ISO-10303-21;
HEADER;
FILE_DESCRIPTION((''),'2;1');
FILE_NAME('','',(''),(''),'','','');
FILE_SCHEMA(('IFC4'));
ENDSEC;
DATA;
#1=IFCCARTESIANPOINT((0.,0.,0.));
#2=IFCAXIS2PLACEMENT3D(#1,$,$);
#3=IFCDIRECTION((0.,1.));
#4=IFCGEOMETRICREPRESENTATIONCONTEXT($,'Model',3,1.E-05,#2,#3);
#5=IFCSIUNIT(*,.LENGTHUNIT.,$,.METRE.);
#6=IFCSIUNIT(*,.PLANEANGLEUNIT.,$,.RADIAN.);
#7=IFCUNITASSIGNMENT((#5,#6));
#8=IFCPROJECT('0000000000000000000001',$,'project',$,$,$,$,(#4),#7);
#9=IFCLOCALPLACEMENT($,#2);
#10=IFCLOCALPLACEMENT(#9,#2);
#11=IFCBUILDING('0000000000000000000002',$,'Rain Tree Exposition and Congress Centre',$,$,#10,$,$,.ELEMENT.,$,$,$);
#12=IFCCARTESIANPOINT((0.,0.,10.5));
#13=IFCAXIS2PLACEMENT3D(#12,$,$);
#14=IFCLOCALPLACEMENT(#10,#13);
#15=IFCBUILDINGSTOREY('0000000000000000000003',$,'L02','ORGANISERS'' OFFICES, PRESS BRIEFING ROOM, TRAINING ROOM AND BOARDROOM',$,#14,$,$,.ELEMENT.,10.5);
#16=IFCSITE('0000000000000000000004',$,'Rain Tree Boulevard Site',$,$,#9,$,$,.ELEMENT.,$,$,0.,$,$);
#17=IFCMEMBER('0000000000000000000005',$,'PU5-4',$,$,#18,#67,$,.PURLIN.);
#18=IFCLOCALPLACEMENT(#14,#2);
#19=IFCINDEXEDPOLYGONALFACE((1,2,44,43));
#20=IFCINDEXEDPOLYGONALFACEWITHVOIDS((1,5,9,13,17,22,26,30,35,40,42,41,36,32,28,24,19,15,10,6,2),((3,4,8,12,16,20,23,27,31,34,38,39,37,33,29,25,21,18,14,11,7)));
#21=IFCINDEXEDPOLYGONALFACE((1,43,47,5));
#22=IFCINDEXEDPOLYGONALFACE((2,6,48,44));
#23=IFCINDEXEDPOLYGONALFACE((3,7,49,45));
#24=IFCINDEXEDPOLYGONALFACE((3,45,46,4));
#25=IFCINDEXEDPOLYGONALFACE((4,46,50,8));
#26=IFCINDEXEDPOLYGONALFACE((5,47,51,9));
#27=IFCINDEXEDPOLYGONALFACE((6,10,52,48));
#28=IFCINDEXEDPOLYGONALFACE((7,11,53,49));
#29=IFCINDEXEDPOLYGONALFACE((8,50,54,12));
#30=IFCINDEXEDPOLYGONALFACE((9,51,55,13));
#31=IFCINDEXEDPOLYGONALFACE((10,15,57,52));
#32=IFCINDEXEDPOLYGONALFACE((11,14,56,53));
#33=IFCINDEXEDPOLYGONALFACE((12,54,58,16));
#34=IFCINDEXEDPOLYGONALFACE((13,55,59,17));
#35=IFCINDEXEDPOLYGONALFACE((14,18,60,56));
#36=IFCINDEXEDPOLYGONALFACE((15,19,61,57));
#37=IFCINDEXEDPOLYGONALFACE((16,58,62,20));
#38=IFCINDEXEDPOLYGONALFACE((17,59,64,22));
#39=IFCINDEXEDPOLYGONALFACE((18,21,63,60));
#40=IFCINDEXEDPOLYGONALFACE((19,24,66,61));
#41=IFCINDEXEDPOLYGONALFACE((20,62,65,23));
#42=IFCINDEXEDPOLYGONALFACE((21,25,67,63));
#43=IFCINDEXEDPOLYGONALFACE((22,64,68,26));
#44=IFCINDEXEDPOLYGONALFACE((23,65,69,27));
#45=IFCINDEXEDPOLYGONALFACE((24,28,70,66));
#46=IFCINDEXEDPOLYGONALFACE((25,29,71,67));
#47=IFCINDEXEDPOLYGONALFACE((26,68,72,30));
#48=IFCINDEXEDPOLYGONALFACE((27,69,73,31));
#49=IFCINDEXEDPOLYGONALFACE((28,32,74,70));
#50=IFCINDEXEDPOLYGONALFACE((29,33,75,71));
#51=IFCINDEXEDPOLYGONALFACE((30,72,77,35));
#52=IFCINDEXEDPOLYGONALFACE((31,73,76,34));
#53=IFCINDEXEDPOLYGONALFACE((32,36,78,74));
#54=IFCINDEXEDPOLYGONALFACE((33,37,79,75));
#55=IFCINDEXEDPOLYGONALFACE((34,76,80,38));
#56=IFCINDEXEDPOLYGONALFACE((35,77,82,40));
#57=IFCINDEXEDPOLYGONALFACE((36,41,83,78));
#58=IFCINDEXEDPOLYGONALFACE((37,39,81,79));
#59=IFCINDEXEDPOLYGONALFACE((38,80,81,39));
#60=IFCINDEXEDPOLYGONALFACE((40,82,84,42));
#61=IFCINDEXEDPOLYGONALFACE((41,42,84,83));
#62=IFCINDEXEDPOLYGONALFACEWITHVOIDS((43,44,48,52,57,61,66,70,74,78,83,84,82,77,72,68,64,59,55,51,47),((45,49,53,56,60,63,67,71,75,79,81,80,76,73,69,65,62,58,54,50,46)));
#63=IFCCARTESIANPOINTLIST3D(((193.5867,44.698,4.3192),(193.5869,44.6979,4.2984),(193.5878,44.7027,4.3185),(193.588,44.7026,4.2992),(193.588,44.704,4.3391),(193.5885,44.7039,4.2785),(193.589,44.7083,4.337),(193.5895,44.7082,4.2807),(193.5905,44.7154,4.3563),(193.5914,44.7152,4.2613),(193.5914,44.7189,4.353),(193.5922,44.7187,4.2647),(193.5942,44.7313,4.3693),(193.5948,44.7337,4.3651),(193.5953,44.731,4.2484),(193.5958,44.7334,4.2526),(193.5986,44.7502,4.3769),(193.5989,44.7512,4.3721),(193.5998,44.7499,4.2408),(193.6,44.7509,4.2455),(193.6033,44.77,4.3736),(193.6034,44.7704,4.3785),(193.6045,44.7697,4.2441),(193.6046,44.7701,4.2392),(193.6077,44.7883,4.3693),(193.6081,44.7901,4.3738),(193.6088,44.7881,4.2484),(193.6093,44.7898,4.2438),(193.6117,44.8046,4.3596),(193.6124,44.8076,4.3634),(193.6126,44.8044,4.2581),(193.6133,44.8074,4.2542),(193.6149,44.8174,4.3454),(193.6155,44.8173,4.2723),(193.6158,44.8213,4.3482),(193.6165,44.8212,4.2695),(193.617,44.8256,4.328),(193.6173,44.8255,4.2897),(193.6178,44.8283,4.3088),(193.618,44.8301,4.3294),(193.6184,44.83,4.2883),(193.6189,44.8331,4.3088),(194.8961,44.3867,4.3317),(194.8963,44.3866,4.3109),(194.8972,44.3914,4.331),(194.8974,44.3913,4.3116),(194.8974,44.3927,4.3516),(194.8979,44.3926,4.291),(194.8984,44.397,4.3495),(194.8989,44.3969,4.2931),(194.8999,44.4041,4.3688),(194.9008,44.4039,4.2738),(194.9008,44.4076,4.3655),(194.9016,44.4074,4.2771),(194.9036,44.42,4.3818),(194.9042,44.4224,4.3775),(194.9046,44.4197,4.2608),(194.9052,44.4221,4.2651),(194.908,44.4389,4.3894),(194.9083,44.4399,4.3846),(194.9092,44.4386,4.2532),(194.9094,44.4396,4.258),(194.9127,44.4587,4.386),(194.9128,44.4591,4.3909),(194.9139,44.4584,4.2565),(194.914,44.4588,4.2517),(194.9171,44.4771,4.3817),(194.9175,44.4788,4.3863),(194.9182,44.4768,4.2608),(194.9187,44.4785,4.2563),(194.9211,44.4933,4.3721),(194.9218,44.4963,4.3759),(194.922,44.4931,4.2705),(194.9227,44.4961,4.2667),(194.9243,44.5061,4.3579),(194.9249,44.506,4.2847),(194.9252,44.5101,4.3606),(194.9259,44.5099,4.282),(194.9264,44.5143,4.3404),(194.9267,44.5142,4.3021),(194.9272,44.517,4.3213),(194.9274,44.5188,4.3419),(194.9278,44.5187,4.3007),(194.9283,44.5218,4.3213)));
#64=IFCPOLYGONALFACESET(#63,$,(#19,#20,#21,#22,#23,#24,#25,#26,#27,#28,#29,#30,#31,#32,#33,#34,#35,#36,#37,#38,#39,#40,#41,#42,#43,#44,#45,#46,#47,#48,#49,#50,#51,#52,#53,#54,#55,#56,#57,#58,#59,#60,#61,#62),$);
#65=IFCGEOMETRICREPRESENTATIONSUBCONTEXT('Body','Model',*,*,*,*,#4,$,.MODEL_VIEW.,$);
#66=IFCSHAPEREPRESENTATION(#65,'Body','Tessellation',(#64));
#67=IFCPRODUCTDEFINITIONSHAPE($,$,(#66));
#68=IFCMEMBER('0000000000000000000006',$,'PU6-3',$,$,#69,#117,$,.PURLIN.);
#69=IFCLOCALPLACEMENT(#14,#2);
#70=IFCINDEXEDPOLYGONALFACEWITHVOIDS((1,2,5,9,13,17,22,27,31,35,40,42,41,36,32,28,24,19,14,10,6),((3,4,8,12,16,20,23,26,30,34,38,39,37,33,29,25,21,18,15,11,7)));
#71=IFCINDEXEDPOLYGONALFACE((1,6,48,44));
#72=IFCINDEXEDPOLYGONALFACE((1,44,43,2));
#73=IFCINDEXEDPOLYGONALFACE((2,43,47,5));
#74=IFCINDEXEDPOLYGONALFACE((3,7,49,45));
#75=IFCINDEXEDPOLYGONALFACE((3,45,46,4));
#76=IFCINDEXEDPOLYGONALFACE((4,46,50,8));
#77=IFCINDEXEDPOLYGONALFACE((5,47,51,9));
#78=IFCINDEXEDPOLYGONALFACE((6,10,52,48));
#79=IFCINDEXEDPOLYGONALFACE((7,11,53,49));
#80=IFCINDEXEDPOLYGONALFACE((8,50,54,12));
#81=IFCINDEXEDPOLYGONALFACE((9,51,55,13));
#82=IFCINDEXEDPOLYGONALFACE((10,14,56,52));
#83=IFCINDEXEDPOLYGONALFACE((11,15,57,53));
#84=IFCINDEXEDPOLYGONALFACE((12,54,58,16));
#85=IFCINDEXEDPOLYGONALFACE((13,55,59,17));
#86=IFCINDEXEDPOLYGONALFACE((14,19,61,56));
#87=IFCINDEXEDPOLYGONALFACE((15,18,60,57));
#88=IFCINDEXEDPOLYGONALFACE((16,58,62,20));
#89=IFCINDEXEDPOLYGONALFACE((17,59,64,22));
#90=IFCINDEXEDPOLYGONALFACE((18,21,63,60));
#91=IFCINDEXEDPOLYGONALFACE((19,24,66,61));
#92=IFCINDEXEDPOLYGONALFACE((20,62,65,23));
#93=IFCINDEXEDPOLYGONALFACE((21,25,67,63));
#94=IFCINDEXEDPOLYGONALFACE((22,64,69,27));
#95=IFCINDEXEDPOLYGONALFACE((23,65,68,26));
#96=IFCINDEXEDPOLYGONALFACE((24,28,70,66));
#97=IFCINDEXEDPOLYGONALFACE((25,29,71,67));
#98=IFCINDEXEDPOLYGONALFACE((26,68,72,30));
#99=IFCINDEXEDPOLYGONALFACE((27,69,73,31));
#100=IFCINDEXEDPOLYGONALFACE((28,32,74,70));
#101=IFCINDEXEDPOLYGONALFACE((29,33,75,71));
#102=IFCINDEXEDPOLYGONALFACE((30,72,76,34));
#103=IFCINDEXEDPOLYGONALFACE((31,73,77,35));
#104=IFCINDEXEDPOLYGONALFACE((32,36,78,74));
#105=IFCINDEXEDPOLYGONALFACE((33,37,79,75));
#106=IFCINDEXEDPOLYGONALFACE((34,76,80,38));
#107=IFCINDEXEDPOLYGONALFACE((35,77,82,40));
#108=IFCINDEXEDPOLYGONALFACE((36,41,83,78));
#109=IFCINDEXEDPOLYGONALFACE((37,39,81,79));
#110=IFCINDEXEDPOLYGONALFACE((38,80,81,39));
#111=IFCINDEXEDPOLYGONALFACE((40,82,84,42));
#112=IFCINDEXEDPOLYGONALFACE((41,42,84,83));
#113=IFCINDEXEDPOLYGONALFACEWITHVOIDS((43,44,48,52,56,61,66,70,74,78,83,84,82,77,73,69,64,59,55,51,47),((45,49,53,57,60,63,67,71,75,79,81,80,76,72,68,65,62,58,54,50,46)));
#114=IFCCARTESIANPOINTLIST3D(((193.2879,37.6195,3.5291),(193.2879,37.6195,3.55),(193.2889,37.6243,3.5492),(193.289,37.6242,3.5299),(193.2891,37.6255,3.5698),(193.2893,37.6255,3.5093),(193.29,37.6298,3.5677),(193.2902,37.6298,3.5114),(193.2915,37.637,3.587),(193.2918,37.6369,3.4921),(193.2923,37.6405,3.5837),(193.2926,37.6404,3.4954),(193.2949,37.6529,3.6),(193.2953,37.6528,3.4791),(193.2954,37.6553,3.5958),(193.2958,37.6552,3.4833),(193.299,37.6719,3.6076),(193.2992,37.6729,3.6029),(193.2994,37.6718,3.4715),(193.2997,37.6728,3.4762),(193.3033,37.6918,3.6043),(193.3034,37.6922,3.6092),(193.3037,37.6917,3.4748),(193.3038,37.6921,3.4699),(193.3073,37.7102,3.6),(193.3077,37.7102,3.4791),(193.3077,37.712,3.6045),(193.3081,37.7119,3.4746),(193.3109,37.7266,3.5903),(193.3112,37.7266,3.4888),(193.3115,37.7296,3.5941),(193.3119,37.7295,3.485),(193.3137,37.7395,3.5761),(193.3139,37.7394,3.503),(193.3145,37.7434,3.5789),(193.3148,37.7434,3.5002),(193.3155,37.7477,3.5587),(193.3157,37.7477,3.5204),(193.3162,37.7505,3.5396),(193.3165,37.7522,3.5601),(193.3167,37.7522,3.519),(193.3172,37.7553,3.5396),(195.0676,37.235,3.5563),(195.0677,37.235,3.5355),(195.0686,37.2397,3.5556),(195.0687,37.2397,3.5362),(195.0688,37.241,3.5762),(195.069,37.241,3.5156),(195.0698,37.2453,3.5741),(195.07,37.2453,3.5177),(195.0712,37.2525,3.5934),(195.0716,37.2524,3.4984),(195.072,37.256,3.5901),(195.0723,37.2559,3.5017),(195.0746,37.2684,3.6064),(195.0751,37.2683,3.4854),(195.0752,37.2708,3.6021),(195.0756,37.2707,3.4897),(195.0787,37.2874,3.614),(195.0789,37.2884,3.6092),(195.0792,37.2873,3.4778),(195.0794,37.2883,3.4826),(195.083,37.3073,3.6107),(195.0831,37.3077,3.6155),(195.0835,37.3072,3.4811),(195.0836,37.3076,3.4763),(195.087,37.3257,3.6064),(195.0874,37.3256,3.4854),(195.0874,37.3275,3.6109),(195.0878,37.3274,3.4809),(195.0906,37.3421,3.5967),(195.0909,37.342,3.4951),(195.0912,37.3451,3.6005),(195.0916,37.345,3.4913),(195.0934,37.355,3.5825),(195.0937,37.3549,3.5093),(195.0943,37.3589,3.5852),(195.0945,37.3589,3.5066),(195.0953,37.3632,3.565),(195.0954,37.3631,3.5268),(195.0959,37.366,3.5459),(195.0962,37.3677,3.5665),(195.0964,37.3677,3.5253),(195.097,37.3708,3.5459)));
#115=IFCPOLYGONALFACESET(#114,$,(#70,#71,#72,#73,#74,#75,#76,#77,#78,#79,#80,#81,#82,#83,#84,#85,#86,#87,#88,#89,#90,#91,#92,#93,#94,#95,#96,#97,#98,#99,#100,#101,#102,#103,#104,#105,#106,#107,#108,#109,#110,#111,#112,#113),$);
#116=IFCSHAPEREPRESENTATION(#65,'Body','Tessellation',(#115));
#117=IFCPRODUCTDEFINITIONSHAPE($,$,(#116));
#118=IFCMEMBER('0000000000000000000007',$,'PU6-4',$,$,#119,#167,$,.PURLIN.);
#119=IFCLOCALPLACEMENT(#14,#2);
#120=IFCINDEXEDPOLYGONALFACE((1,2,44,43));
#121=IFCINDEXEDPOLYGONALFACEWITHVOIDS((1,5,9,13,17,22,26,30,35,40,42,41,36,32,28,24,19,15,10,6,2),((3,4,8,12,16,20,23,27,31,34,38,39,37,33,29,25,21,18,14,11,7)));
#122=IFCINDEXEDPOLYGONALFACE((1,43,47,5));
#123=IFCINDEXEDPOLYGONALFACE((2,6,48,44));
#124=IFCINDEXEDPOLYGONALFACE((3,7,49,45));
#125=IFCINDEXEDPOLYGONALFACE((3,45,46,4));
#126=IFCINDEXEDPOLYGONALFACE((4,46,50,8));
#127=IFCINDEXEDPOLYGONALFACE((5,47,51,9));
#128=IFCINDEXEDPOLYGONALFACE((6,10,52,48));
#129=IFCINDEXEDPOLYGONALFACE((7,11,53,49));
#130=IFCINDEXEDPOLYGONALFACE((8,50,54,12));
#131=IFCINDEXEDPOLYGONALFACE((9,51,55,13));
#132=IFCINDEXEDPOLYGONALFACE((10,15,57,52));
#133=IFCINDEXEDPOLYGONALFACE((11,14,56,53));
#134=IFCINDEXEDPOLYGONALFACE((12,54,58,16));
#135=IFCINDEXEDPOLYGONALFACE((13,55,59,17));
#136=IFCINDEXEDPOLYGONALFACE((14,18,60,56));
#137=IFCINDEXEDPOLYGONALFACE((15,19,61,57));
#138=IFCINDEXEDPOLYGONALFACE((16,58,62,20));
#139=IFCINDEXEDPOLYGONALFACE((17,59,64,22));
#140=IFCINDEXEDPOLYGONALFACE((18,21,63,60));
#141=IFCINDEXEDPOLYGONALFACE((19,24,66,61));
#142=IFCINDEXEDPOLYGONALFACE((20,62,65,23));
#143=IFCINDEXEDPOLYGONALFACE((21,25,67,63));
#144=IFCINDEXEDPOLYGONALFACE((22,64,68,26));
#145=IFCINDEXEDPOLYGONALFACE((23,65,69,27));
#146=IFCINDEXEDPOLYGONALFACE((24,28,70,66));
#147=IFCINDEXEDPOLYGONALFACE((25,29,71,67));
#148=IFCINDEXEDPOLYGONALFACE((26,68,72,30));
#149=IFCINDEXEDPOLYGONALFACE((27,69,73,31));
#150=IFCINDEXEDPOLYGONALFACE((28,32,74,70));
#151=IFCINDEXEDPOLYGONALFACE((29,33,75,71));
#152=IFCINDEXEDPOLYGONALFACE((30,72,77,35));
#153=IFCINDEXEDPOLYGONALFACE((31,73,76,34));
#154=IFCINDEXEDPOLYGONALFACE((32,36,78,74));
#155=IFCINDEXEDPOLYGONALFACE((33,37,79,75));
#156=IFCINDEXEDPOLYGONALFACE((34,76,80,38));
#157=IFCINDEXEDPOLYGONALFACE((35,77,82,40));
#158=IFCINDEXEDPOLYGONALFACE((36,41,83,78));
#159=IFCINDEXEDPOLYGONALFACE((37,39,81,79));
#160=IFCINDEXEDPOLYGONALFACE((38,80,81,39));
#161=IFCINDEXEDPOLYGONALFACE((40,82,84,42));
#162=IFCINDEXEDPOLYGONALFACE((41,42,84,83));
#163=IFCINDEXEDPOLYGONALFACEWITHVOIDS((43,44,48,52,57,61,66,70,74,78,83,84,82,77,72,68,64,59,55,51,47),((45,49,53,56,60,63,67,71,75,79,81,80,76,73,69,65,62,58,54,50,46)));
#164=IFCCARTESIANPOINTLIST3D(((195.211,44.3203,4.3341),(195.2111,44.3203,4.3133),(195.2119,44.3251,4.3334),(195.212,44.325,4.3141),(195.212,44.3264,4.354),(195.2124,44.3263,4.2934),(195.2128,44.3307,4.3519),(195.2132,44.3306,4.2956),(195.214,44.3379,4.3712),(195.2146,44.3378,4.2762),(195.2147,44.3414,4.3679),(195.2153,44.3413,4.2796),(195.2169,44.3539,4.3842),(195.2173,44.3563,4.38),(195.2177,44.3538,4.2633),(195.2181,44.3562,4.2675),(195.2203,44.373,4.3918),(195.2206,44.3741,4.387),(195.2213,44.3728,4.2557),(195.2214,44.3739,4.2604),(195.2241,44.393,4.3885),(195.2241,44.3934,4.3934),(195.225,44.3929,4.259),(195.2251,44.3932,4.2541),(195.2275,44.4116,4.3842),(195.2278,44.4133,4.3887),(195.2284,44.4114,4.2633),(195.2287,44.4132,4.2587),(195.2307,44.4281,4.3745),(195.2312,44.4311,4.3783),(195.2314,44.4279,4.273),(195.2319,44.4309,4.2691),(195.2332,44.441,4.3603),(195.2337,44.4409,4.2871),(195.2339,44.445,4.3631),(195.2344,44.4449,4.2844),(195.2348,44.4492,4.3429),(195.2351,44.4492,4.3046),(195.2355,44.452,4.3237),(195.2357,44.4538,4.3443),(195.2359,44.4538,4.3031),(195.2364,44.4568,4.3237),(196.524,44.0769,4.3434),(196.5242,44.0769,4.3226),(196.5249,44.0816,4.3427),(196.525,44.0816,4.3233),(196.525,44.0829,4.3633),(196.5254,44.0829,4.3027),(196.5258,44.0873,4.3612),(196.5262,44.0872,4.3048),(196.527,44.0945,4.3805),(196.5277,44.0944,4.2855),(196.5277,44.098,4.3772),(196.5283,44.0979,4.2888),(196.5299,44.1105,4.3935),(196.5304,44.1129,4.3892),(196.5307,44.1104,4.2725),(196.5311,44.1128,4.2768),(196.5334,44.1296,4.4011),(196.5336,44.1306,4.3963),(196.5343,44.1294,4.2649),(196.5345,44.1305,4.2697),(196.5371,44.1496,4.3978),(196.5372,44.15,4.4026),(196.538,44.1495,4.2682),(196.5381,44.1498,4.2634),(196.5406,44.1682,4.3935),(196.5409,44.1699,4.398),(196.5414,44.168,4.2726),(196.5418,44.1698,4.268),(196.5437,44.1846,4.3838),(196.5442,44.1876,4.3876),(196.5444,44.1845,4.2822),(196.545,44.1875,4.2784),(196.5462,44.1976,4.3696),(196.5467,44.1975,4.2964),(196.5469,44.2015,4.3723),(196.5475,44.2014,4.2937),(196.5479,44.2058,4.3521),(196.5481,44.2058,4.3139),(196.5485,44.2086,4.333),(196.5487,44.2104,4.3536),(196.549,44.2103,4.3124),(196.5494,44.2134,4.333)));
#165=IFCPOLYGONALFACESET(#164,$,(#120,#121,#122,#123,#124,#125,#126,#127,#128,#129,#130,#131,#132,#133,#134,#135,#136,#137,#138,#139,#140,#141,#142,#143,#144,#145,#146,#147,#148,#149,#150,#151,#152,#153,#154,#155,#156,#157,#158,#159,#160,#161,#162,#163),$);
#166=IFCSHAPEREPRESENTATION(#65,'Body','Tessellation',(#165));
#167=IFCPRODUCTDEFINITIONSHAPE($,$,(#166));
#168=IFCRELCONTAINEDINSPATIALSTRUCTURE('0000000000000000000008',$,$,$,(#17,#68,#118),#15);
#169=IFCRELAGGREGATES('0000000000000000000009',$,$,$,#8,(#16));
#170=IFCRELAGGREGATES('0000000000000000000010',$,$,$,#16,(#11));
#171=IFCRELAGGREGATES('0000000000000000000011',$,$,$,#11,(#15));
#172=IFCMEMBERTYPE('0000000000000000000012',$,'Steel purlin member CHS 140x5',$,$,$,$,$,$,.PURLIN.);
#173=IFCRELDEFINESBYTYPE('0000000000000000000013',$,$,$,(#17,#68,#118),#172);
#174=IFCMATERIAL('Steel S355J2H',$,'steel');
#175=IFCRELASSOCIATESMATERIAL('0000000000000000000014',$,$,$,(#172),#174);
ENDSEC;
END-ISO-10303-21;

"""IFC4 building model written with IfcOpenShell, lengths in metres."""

from ifc_helpers import new_model, si_unit, direction, frame, origin, origin_2d, place, context, subcontext, project, spatial, hollow_circle, extrude, material, material_profile, profile_set, type_object, element, save


model = new_model("IFC4")

# Units and contexts
model_context = context("Model", 3, precision=1e-05, world=origin(), true_north=direction((0.0, 1.0)))
body_context = subcontext(model_context, "Body", "Model", "MODEL_VIEW")
ifc_project = project(units=[si_unit("LENGTHUNIT", "METRE"), si_unit("PLANEANGLEUNIT", "RADIAN")], contexts=[model_context])

# Site, building, storey
site_placement = place(None, origin())
site = spatial("IfcSite", under=ifc_project, at=site_placement, Name="Rain Tree Boulevard Site", CompositionType="ELEMENT", RefElevation=0.0)
building_placement = place(site_placement, origin())
building = spatial("IfcBuilding", under=site, at=building_placement, Name="Rain Tree Exposition and Congress Centre", CompositionType="ELEMENT")
storey_placement = place(building_placement, frame((0.0, 0.0, 10.5)))
storey = spatial("IfcBuildingStorey", under=building, at=storey_placement, Name="L02", Description="ORGANISERS' OFFICES, PRESS BRIEFING ROOM, TRAINING ROOM AND BOARDROOM", CompositionType="ELEMENT", Elevation=10.5)

# Members
ifc_material_1 = material(Name="Steel S355J2H", Category="steel")
ifc_material_profile_1 = material_profile(ifc_material_1, hollow_circle(Radius=0.0698, WallThickness=0.0049, at=origin_2d()), Name="CHS 140x5")
ifc_profile_set_1 = profile_set([ifc_material_profile_1], Name="Steel S355J2H")
member_type_1 = type_object("IfcMemberType", Name="Steel purlin member CHS 140x5", PredefinedType="PURLIN", material=ifc_profile_set_1)
member_1_placement = place(storey_placement, frame((193.6028, 44.7651, 4.3088), z_axis=(0.972842, -0.231284, 0.009251), x_axis=(0.231294, 0.972884, 0.0)))
element("IfcMember", 1, at=member_1_placement, inside=storey, type_object=member_type_1, Name="PU5-4", PredefinedType="PURLIN", context=body_context, shape_type="SweptSolid", body=[
    extrude(hollow_circle(Radius=0.0698, WallThickness=0.0049, at=origin_2d()), origin(), (0.0, 0.0, 1.0), 1.3459),
])
member_2_placement = place(storey_placement, frame((193.3025, 37.687, 3.5396), z_axis=(0.977442, -0.211176, 0.003486), x_axis=(0.211177, 0.977448, 0.0)))
element("IfcMember", 2, at=member_2_placement, inside=storey, type_object=member_type_1, Name="PU6-3", PredefinedType="PURLIN", context=body_context, shape_type="SweptSolid", body=[
    extrude(hollow_circle(Radius=0.0698, WallThickness=0.0049, at=origin_2d()), origin(), (0.0, 0.0, 1.0), 1.8208),
])
member_3_placement = place(storey_placement, frame((195.2236, 44.3882, 4.3237), z_axis=(0.983223, -0.182275, 0.006947), x_axis=(0.182279, 0.983247, 0.0)))
element("IfcMember", 3, at=member_3_placement, inside=storey, type_object=member_type_1, Name="PU6-4", PredefinedType="PURLIN", context=body_context, shape_type="SweptSolid", body=[
    extrude(hollow_circle(Radius=0.0698, WallThickness=0.0049, at=origin_2d()), origin(), (0.0, 0.0, 1.0), 1.3354),
])

save(model, "model.ifc")
